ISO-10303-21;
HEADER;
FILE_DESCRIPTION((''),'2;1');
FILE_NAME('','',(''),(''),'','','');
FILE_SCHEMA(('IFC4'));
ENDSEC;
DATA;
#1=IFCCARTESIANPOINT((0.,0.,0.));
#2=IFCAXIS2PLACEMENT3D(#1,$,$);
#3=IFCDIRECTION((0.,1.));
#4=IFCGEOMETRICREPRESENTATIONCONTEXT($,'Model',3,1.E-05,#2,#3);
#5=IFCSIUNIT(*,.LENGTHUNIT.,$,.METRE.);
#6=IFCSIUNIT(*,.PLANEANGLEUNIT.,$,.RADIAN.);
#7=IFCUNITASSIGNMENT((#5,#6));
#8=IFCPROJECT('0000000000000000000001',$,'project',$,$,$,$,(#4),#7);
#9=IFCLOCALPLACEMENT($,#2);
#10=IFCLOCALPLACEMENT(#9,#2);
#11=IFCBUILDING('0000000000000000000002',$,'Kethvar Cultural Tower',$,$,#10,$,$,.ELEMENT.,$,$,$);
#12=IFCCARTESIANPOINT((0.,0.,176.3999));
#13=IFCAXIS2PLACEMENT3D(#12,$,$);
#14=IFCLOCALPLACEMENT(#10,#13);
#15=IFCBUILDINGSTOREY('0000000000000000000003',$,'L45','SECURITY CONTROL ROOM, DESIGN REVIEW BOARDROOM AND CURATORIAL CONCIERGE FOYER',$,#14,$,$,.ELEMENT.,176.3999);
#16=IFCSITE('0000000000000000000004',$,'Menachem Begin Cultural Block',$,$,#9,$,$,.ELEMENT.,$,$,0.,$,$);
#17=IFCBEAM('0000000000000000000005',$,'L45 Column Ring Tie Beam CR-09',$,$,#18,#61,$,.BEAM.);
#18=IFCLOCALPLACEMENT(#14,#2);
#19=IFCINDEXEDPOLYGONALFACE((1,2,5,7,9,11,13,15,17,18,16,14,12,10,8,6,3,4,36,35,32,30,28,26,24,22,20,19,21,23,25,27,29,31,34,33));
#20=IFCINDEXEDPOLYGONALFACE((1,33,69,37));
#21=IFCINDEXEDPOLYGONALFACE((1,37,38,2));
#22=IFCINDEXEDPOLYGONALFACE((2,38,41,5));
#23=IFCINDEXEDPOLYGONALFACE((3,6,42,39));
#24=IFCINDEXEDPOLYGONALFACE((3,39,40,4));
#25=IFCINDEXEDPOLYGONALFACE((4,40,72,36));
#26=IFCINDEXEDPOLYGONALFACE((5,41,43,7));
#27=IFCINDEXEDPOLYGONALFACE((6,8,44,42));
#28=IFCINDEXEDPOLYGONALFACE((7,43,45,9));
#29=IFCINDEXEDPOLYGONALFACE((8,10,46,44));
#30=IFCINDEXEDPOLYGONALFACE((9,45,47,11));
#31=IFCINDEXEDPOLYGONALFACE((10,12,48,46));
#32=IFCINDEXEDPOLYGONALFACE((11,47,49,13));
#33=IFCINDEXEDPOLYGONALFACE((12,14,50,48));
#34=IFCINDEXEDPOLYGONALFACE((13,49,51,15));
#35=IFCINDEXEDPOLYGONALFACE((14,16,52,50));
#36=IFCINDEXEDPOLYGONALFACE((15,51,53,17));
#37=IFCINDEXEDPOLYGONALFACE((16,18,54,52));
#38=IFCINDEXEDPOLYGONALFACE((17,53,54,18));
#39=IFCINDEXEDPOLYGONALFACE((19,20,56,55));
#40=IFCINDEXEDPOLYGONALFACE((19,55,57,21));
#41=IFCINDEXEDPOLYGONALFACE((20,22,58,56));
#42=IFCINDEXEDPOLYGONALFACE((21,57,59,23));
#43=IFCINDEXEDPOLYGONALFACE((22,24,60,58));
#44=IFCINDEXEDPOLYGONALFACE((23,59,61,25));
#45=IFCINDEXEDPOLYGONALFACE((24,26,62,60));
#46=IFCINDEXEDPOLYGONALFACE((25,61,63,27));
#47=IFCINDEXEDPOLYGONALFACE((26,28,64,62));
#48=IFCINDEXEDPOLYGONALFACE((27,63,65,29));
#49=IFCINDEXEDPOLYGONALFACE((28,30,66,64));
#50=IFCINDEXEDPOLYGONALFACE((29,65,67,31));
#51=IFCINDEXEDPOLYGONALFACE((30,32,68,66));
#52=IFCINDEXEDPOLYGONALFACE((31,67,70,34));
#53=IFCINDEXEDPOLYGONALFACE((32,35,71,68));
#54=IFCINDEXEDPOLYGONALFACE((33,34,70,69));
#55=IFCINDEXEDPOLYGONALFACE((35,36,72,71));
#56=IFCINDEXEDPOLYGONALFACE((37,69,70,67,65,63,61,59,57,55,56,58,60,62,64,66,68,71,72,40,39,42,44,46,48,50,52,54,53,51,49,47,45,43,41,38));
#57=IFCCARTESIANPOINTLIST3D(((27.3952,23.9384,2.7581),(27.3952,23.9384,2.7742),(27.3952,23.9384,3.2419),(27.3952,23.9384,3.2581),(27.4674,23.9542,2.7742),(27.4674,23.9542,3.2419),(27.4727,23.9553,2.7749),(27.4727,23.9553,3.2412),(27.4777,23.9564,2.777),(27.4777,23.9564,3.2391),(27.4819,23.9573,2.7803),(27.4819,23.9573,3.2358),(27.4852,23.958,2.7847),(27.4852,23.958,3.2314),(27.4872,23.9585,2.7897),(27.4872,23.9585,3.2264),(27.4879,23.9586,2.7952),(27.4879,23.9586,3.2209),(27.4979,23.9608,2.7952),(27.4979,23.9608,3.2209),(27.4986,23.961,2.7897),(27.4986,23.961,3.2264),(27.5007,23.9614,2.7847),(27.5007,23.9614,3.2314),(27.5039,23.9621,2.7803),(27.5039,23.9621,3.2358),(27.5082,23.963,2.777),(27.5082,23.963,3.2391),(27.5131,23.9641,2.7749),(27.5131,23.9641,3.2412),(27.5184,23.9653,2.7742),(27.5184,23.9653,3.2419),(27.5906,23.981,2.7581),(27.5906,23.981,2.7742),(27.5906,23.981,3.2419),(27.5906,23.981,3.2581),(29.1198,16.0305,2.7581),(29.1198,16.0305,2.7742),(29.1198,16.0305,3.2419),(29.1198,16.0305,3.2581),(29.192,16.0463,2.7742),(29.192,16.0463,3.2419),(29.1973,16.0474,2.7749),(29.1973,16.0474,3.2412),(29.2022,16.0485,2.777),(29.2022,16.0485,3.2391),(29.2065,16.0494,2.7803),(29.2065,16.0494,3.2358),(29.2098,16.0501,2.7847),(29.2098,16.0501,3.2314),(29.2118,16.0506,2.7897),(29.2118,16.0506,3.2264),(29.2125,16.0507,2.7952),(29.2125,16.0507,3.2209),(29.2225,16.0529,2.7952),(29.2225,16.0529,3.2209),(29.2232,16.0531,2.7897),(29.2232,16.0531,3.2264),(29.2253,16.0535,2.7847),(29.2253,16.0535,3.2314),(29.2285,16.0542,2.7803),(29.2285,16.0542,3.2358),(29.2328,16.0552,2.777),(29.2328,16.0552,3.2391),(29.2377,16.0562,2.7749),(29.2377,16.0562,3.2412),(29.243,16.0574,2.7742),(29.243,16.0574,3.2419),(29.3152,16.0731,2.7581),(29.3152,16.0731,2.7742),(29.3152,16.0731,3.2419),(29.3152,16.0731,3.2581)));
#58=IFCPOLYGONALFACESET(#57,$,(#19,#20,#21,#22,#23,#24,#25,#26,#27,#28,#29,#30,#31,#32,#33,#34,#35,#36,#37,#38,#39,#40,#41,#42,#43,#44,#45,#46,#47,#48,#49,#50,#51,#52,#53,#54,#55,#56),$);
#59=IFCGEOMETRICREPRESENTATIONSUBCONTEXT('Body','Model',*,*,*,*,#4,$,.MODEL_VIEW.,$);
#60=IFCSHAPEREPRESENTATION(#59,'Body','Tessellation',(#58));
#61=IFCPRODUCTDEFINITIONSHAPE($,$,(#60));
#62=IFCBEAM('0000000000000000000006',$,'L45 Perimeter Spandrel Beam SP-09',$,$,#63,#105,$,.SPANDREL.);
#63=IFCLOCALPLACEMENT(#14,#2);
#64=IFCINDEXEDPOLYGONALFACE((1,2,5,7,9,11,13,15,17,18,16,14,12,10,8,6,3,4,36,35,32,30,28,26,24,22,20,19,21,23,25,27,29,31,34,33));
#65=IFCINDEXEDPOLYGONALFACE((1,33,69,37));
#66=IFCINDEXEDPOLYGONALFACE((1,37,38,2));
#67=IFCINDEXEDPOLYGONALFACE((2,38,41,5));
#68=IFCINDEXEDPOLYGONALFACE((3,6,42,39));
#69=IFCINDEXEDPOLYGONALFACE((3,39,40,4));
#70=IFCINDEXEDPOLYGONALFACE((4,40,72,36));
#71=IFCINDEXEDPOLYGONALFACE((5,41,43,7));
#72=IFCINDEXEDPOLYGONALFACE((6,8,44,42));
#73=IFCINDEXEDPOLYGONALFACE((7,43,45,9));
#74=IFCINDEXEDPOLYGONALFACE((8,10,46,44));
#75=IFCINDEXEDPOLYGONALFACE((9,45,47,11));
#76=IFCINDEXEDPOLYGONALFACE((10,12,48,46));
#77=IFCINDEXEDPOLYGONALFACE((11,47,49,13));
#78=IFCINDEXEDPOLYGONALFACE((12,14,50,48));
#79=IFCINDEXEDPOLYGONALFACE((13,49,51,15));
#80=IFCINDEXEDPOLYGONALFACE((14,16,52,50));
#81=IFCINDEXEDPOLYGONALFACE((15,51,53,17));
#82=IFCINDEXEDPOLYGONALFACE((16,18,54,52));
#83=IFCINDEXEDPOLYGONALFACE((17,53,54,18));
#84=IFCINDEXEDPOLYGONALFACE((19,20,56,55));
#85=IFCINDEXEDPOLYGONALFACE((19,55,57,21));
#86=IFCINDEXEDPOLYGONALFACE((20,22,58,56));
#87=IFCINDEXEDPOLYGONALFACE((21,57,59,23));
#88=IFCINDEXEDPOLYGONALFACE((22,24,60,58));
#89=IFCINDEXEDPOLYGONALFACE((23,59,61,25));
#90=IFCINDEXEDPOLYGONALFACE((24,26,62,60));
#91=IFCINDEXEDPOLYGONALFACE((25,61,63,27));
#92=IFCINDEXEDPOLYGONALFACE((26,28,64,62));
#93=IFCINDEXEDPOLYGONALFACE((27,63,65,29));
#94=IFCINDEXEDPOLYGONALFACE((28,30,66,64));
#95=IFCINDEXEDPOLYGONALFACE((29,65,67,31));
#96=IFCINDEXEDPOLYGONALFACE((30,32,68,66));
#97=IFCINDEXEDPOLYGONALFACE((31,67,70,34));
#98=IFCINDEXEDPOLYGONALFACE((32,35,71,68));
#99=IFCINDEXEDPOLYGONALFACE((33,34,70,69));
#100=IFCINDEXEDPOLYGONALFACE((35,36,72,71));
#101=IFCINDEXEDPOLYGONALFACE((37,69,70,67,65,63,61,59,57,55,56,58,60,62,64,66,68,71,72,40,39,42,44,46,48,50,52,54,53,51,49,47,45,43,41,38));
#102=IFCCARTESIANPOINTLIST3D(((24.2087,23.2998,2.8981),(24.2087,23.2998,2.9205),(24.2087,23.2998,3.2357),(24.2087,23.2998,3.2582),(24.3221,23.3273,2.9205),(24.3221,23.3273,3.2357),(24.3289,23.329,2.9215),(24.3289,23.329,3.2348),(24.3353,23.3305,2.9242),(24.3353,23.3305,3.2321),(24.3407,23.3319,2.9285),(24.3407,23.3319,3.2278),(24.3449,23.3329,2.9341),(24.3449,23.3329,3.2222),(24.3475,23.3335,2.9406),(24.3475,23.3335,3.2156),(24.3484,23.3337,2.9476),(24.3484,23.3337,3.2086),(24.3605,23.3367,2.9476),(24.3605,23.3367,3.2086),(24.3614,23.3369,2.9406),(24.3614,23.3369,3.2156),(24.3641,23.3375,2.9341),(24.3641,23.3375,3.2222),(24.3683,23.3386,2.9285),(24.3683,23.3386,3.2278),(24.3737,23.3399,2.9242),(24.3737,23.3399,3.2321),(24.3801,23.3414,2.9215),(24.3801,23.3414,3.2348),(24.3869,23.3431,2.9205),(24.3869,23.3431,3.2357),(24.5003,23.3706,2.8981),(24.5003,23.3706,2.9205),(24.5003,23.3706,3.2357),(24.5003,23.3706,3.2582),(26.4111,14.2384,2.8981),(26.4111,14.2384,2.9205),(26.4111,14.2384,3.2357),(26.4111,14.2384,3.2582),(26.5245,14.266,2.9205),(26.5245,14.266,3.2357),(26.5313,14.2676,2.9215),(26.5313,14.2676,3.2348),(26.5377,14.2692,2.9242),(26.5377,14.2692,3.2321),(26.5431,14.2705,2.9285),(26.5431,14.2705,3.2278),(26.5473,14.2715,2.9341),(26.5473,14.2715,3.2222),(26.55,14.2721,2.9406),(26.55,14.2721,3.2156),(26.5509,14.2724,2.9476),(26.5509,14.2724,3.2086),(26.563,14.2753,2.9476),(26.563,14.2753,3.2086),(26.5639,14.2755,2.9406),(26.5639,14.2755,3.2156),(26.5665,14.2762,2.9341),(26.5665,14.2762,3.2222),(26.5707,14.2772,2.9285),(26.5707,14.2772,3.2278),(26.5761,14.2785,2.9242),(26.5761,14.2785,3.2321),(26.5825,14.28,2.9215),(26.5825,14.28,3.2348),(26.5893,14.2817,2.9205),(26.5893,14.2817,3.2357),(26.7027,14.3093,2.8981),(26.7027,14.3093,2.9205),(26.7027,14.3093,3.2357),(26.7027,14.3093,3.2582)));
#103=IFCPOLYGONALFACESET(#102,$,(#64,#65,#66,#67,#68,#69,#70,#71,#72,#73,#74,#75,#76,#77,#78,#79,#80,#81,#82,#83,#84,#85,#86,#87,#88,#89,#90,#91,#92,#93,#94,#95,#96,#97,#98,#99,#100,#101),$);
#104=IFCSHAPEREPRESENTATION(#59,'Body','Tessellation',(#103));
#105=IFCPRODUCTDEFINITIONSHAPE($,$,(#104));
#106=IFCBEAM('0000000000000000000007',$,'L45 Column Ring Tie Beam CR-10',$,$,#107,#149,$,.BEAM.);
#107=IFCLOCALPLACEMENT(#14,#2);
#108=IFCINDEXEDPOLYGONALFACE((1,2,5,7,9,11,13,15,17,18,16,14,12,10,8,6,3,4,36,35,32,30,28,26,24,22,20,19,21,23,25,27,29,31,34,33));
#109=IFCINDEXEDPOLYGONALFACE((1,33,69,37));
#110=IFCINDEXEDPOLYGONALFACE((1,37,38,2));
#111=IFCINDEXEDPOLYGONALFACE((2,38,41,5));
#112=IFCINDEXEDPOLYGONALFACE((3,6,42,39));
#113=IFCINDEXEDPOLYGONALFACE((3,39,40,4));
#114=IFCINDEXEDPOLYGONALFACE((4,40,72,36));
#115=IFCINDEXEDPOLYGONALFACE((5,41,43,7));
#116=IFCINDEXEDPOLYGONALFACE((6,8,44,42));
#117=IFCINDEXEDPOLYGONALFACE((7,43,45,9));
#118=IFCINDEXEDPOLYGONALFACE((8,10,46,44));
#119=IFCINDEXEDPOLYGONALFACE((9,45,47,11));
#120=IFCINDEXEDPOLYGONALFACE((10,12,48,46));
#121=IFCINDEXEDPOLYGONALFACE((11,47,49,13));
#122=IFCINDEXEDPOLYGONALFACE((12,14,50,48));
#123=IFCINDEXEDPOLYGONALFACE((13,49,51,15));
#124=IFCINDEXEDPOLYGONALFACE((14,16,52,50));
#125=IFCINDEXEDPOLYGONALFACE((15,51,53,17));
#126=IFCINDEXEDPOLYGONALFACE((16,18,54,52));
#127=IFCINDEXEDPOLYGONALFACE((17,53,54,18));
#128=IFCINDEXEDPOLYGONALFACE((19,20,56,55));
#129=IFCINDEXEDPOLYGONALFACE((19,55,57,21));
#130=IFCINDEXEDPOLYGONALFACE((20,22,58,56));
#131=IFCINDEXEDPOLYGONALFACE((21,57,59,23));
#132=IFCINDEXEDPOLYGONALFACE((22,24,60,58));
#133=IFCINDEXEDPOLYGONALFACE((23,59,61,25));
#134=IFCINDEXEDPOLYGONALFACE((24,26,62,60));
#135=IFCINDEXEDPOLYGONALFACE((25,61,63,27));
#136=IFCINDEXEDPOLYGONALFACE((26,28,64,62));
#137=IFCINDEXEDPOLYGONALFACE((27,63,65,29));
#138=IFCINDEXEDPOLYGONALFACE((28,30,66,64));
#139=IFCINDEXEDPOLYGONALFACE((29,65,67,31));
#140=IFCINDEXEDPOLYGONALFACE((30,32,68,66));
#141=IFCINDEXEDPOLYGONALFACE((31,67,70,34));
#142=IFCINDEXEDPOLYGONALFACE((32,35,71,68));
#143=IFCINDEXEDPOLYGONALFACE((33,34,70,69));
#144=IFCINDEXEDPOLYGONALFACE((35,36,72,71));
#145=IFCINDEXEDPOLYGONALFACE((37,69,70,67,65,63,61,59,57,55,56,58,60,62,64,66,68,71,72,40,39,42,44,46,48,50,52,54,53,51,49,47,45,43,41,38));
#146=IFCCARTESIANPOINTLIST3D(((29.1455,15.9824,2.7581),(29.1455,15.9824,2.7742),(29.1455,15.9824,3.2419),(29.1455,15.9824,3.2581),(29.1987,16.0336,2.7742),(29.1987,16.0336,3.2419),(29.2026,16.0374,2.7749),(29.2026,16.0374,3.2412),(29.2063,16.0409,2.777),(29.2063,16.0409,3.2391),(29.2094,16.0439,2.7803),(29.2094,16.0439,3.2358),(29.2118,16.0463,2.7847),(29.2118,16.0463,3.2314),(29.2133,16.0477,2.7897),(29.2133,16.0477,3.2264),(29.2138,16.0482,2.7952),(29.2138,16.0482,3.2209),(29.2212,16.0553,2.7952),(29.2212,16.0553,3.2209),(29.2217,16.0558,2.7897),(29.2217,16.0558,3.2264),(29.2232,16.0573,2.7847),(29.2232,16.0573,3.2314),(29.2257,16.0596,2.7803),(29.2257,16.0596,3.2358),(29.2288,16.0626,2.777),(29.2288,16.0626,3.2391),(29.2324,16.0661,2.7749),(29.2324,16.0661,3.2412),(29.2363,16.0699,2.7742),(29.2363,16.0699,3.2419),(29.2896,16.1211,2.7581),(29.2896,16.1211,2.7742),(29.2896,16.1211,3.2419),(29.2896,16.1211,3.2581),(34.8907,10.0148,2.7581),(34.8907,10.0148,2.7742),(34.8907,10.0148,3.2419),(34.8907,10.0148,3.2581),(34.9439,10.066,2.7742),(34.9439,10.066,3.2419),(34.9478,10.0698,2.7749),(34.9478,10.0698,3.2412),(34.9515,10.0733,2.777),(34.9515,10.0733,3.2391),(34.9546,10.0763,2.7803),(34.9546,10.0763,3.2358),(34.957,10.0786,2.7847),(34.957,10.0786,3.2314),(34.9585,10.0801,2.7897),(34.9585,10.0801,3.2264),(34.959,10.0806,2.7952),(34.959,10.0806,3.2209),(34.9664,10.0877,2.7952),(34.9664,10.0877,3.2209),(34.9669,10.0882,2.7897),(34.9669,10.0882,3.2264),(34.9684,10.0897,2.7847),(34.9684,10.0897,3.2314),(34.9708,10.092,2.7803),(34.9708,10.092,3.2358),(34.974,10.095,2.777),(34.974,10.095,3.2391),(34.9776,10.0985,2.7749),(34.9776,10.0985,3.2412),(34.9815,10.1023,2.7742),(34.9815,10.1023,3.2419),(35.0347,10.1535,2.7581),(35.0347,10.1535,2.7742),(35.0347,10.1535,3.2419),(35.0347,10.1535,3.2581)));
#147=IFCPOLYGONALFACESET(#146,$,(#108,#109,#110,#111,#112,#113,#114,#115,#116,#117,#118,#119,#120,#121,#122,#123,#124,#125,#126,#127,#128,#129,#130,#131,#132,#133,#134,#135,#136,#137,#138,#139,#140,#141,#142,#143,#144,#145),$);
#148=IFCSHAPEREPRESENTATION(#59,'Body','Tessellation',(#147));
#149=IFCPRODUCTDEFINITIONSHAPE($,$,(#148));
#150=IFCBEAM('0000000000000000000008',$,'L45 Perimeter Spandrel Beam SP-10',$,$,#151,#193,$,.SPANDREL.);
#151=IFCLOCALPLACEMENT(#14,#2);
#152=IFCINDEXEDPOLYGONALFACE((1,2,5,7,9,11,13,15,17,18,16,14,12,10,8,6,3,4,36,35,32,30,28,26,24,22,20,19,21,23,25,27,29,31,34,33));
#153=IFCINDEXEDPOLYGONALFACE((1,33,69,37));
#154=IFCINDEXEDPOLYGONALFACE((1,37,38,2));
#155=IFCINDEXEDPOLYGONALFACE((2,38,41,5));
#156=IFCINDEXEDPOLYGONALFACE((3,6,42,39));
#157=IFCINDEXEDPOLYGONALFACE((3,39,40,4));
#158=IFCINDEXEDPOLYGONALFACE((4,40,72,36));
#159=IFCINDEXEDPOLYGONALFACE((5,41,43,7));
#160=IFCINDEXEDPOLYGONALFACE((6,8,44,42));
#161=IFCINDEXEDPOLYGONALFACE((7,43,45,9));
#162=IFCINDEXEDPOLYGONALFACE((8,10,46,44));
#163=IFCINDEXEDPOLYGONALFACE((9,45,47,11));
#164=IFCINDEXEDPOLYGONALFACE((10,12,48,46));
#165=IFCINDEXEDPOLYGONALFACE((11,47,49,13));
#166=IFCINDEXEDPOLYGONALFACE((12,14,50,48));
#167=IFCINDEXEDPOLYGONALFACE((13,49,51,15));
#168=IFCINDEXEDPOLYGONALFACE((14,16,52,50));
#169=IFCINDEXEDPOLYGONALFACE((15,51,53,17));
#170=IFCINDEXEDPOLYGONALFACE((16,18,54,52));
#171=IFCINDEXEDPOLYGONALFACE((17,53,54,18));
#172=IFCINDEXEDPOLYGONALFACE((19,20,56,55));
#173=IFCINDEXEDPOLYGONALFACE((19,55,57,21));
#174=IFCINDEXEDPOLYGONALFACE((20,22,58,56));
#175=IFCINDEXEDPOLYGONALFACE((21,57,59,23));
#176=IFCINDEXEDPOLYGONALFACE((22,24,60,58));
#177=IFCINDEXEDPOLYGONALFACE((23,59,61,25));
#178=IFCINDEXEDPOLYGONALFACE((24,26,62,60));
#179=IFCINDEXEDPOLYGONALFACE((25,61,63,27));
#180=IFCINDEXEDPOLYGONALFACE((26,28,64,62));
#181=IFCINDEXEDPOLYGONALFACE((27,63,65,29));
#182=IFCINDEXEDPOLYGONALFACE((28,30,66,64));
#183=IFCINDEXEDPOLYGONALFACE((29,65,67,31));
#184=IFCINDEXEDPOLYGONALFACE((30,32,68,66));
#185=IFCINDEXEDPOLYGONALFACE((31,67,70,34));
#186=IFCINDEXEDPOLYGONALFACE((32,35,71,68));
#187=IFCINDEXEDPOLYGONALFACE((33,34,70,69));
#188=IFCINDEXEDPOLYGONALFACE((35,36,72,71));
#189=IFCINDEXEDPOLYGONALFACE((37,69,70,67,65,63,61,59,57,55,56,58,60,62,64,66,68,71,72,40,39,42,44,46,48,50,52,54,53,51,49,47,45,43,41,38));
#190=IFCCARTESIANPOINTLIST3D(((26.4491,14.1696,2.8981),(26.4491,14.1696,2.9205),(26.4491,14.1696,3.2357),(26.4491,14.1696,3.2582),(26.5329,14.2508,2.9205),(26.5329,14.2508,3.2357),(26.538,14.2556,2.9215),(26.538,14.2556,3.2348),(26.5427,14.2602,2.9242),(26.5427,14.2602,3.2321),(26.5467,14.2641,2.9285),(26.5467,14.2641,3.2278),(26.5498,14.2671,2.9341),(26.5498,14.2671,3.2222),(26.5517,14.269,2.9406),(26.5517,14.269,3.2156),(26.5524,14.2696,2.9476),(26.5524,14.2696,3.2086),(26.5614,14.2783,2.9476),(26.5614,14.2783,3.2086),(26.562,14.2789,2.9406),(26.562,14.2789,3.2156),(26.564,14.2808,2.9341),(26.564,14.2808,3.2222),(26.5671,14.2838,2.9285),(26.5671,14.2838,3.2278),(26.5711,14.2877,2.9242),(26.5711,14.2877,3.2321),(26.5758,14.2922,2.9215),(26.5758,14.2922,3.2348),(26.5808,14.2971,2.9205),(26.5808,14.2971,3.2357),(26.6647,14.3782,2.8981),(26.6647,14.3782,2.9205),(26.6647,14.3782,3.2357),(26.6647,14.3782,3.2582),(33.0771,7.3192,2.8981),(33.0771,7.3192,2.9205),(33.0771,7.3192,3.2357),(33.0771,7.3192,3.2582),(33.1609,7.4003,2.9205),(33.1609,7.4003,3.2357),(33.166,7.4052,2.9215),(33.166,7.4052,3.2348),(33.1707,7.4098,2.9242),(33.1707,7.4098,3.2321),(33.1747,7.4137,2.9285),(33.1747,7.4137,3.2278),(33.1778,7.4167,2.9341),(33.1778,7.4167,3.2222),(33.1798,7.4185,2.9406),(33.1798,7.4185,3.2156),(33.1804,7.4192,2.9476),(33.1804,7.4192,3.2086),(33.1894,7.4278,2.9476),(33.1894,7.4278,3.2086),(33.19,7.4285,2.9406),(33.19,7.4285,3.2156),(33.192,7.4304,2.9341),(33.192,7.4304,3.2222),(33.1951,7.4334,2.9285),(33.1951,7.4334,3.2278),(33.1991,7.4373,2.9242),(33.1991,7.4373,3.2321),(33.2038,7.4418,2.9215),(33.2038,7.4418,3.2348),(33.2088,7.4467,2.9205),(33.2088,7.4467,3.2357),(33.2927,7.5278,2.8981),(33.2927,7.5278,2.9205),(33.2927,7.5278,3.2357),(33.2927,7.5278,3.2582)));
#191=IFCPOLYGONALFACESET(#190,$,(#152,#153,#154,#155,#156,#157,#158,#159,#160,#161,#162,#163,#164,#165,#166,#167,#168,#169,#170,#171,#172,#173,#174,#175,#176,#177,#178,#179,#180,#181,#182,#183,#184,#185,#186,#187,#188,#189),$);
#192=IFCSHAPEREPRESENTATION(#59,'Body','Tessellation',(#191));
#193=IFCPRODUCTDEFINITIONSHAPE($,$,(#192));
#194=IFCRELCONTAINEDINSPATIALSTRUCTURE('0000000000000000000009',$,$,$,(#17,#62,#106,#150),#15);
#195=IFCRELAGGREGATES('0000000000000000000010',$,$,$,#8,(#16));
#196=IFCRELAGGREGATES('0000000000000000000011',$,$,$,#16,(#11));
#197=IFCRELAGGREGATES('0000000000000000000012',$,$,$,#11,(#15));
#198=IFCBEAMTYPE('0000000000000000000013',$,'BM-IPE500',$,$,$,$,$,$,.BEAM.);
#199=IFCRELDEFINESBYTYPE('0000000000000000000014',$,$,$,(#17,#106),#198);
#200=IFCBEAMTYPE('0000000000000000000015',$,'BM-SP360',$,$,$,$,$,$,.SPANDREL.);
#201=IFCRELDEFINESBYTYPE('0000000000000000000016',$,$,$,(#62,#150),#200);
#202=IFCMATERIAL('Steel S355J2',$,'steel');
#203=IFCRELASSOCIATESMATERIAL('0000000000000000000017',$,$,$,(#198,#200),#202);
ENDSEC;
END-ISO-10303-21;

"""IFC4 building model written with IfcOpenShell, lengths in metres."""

from ifc_helpers import new_model, si_unit, direction, frame, origin, origin_2d, place, context, subcontext, project, spatial, i_section, extrude, source, transform, mapped, material, material_profile, profile_set, type_object, element, save


model = new_model("IFC4")

# Units and contexts
model_context = context("Model", 3, precision=1e-05, world=origin(), true_north=direction((0.0, 1.0)))
body_context = subcontext(model_context, "Body", "Model", "MODEL_VIEW")
ifc_project = project(units=[si_unit("LENGTHUNIT", "METRE"), si_unit("PLANEANGLEUNIT", "RADIAN")], contexts=[model_context])

# Site, building, storey
site_placement = place(None, origin())
site = spatial("IfcSite", under=ifc_project, at=site_placement, Name="Menachem Begin Cultural Block", CompositionType="ELEMENT", RefElevation=0.0)
building_placement = place(site_placement, origin())
building = spatial("IfcBuilding", under=site, at=building_placement, Name="Kethvar Cultural Tower", CompositionType="ELEMENT")
storey_placement = place(building_placement, frame((0.0, 0.0, 176.3999)))
storey = spatial("IfcBuildingStorey", under=building, at=storey_placement, Name="L45", Description="SECURITY CONTROL ROOM, DESIGN REVIEW BOARDROOM AND CURATORIAL CONCIERGE FOYER", CompositionType="ELEMENT", Elevation=176.3999)

# Beams
ifc_material_1 = material(Name="Steel S355J2", Category="steel")
ifc_material_profile_1 = material_profile(ifc_material_1, i_section(OverallWidth=0.2, OverallDepth=0.5, WebThickness=0.0103, FlangeThickness=0.0161, FilletRadius=0.021, at=origin_2d()), Name="Steel S355J2 — IPE500")
ifc_profile_set_1 = profile_set([ifc_material_profile_1], Name="Steel S355J2 — IPE500")
beam_type_1 = type_object("IfcBeamType", Name="BM-IPE500", PredefinedType="BEAM", material=ifc_profile_set_1)
shared_shape_1 = source(origin(), body_context, "Body", "SweptSolid", [
    extrude(i_section(OverallWidth=0.2, OverallDepth=0.5, WebThickness=0.0103, FlangeThickness=0.0161, FilletRadius=0.021, at=origin_2d()), origin(), (0.0, 0.0, 1.0), 8.0938),
])
beam_1_placement = place(storey_placement, frame((27.4929, 23.9597, 3.0081), z_axis=(0.213077, -0.977035, 0.0), x_axis=(0.977035, 0.213077, 0.0)))
element("IfcBeam", 1, at=beam_1_placement, inside=storey, type_object=beam_type_1, Name="L45 Column Ring Tie Beam CR-09", PredefinedType="BEAM", context=body_context, shape_type="MappedRepresentation", body=[
    mapped(shared_shape_1, transform((0.0, 0.0, 0.0), scale=1.0)),
])
ifc_material_profile_2 = material_profile(ifc_material_1, i_section(OverallWidth=0.3, OverallDepth=0.3601, WebThickness=0.0125, FlangeThickness=0.0225, FilletRadius=0.0271, at=origin_2d()), Name="Steel S355J2 — HEB360")
ifc_profile_set_2 = profile_set([ifc_material_profile_2], Name="Steel S355J2 — HEB360")
beam_type_2 = type_object("IfcBeamType", Name="BM-SP360", PredefinedType="SPANDREL", material=ifc_profile_set_2)
shared_shape_2 = source(origin(), body_context, "Body", "SweptSolid", [
    extrude(i_section(OverallWidth=0.3, OverallDepth=0.3601, WebThickness=0.0125, FlangeThickness=0.0225, FilletRadius=0.0271, at=origin_2d()), origin(), (0.0, 0.0, 1.0), 9.3252),
])
beam_2_placement = place(storey_placement, frame((24.3545, 23.3352, 3.0781), z_axis=(0.236179, -0.97171, 0.0), x_axis=(0.97171, 0.236179, 0.0)))
element("IfcBeam", 2, at=beam_2_placement, inside=storey, type_object=beam_type_2, Name="L45 Perimeter Spandrel Beam SP-09", PredefinedType="SPANDREL", context=body_context, shape_type="MappedRepresentation", body=[
    mapped(shared_shape_2, transform((0.0, 0.0, 0.0), scale=1.0)),
])
shared_shape_3 = source(origin(), body_context, "Body", "SweptSolid", [
    extrude(i_section(OverallWidth=0.2, OverallDepth=0.5, WebThickness=0.0103, FlangeThickness=0.0161, FilletRadius=0.021, at=origin_2d()), origin(), (0.0, 0.0, 1.0), 8.2837),
])
beam_3_placement = place(storey_placement, frame((29.2175, 16.0518, 3.0081), z_axis=(0.693554, -0.720404, 0.0), x_axis=(0.720404, 0.693554, 0.0)))
element("IfcBeam", 3, at=beam_3_placement, inside=storey, type_object=beam_type_1, Name="L45 Column Ring Tie Beam CR-10", PredefinedType="BEAM", context=body_context, shape_type="MappedRepresentation", body=[
    mapped(shared_shape_3, transform((0.0, 0.0, 0.0), scale=1.0)),
])
shared_shape_4 = source(origin(), body_context, "Body", "SweptSolid", [
    extrude(i_section(OverallWidth=0.3, OverallDepth=0.3601, WebThickness=0.0125, FlangeThickness=0.0225, FilletRadius=0.0271, at=origin_2d()), origin(), (0.0, 0.0, 1.0), 9.532),
])
beam_4_placement = place(storey_placement, frame((26.5569, 14.2739, 3.0781), z_axis=(0.695344, -0.718677, 0.0), x_axis=(0.718677, 0.695344, 0.0)))
element("IfcBeam", 4, at=beam_4_placement, inside=storey, type_object=beam_type_2, Name="L45 Perimeter Spandrel Beam SP-10", PredefinedType="SPANDREL", context=body_context, shape_type="MappedRepresentation", body=[
    mapped(shared_shape_4, transform((0.0, 0.0, 0.0), scale=1.0)),
])

save(model, "model.ifc")
